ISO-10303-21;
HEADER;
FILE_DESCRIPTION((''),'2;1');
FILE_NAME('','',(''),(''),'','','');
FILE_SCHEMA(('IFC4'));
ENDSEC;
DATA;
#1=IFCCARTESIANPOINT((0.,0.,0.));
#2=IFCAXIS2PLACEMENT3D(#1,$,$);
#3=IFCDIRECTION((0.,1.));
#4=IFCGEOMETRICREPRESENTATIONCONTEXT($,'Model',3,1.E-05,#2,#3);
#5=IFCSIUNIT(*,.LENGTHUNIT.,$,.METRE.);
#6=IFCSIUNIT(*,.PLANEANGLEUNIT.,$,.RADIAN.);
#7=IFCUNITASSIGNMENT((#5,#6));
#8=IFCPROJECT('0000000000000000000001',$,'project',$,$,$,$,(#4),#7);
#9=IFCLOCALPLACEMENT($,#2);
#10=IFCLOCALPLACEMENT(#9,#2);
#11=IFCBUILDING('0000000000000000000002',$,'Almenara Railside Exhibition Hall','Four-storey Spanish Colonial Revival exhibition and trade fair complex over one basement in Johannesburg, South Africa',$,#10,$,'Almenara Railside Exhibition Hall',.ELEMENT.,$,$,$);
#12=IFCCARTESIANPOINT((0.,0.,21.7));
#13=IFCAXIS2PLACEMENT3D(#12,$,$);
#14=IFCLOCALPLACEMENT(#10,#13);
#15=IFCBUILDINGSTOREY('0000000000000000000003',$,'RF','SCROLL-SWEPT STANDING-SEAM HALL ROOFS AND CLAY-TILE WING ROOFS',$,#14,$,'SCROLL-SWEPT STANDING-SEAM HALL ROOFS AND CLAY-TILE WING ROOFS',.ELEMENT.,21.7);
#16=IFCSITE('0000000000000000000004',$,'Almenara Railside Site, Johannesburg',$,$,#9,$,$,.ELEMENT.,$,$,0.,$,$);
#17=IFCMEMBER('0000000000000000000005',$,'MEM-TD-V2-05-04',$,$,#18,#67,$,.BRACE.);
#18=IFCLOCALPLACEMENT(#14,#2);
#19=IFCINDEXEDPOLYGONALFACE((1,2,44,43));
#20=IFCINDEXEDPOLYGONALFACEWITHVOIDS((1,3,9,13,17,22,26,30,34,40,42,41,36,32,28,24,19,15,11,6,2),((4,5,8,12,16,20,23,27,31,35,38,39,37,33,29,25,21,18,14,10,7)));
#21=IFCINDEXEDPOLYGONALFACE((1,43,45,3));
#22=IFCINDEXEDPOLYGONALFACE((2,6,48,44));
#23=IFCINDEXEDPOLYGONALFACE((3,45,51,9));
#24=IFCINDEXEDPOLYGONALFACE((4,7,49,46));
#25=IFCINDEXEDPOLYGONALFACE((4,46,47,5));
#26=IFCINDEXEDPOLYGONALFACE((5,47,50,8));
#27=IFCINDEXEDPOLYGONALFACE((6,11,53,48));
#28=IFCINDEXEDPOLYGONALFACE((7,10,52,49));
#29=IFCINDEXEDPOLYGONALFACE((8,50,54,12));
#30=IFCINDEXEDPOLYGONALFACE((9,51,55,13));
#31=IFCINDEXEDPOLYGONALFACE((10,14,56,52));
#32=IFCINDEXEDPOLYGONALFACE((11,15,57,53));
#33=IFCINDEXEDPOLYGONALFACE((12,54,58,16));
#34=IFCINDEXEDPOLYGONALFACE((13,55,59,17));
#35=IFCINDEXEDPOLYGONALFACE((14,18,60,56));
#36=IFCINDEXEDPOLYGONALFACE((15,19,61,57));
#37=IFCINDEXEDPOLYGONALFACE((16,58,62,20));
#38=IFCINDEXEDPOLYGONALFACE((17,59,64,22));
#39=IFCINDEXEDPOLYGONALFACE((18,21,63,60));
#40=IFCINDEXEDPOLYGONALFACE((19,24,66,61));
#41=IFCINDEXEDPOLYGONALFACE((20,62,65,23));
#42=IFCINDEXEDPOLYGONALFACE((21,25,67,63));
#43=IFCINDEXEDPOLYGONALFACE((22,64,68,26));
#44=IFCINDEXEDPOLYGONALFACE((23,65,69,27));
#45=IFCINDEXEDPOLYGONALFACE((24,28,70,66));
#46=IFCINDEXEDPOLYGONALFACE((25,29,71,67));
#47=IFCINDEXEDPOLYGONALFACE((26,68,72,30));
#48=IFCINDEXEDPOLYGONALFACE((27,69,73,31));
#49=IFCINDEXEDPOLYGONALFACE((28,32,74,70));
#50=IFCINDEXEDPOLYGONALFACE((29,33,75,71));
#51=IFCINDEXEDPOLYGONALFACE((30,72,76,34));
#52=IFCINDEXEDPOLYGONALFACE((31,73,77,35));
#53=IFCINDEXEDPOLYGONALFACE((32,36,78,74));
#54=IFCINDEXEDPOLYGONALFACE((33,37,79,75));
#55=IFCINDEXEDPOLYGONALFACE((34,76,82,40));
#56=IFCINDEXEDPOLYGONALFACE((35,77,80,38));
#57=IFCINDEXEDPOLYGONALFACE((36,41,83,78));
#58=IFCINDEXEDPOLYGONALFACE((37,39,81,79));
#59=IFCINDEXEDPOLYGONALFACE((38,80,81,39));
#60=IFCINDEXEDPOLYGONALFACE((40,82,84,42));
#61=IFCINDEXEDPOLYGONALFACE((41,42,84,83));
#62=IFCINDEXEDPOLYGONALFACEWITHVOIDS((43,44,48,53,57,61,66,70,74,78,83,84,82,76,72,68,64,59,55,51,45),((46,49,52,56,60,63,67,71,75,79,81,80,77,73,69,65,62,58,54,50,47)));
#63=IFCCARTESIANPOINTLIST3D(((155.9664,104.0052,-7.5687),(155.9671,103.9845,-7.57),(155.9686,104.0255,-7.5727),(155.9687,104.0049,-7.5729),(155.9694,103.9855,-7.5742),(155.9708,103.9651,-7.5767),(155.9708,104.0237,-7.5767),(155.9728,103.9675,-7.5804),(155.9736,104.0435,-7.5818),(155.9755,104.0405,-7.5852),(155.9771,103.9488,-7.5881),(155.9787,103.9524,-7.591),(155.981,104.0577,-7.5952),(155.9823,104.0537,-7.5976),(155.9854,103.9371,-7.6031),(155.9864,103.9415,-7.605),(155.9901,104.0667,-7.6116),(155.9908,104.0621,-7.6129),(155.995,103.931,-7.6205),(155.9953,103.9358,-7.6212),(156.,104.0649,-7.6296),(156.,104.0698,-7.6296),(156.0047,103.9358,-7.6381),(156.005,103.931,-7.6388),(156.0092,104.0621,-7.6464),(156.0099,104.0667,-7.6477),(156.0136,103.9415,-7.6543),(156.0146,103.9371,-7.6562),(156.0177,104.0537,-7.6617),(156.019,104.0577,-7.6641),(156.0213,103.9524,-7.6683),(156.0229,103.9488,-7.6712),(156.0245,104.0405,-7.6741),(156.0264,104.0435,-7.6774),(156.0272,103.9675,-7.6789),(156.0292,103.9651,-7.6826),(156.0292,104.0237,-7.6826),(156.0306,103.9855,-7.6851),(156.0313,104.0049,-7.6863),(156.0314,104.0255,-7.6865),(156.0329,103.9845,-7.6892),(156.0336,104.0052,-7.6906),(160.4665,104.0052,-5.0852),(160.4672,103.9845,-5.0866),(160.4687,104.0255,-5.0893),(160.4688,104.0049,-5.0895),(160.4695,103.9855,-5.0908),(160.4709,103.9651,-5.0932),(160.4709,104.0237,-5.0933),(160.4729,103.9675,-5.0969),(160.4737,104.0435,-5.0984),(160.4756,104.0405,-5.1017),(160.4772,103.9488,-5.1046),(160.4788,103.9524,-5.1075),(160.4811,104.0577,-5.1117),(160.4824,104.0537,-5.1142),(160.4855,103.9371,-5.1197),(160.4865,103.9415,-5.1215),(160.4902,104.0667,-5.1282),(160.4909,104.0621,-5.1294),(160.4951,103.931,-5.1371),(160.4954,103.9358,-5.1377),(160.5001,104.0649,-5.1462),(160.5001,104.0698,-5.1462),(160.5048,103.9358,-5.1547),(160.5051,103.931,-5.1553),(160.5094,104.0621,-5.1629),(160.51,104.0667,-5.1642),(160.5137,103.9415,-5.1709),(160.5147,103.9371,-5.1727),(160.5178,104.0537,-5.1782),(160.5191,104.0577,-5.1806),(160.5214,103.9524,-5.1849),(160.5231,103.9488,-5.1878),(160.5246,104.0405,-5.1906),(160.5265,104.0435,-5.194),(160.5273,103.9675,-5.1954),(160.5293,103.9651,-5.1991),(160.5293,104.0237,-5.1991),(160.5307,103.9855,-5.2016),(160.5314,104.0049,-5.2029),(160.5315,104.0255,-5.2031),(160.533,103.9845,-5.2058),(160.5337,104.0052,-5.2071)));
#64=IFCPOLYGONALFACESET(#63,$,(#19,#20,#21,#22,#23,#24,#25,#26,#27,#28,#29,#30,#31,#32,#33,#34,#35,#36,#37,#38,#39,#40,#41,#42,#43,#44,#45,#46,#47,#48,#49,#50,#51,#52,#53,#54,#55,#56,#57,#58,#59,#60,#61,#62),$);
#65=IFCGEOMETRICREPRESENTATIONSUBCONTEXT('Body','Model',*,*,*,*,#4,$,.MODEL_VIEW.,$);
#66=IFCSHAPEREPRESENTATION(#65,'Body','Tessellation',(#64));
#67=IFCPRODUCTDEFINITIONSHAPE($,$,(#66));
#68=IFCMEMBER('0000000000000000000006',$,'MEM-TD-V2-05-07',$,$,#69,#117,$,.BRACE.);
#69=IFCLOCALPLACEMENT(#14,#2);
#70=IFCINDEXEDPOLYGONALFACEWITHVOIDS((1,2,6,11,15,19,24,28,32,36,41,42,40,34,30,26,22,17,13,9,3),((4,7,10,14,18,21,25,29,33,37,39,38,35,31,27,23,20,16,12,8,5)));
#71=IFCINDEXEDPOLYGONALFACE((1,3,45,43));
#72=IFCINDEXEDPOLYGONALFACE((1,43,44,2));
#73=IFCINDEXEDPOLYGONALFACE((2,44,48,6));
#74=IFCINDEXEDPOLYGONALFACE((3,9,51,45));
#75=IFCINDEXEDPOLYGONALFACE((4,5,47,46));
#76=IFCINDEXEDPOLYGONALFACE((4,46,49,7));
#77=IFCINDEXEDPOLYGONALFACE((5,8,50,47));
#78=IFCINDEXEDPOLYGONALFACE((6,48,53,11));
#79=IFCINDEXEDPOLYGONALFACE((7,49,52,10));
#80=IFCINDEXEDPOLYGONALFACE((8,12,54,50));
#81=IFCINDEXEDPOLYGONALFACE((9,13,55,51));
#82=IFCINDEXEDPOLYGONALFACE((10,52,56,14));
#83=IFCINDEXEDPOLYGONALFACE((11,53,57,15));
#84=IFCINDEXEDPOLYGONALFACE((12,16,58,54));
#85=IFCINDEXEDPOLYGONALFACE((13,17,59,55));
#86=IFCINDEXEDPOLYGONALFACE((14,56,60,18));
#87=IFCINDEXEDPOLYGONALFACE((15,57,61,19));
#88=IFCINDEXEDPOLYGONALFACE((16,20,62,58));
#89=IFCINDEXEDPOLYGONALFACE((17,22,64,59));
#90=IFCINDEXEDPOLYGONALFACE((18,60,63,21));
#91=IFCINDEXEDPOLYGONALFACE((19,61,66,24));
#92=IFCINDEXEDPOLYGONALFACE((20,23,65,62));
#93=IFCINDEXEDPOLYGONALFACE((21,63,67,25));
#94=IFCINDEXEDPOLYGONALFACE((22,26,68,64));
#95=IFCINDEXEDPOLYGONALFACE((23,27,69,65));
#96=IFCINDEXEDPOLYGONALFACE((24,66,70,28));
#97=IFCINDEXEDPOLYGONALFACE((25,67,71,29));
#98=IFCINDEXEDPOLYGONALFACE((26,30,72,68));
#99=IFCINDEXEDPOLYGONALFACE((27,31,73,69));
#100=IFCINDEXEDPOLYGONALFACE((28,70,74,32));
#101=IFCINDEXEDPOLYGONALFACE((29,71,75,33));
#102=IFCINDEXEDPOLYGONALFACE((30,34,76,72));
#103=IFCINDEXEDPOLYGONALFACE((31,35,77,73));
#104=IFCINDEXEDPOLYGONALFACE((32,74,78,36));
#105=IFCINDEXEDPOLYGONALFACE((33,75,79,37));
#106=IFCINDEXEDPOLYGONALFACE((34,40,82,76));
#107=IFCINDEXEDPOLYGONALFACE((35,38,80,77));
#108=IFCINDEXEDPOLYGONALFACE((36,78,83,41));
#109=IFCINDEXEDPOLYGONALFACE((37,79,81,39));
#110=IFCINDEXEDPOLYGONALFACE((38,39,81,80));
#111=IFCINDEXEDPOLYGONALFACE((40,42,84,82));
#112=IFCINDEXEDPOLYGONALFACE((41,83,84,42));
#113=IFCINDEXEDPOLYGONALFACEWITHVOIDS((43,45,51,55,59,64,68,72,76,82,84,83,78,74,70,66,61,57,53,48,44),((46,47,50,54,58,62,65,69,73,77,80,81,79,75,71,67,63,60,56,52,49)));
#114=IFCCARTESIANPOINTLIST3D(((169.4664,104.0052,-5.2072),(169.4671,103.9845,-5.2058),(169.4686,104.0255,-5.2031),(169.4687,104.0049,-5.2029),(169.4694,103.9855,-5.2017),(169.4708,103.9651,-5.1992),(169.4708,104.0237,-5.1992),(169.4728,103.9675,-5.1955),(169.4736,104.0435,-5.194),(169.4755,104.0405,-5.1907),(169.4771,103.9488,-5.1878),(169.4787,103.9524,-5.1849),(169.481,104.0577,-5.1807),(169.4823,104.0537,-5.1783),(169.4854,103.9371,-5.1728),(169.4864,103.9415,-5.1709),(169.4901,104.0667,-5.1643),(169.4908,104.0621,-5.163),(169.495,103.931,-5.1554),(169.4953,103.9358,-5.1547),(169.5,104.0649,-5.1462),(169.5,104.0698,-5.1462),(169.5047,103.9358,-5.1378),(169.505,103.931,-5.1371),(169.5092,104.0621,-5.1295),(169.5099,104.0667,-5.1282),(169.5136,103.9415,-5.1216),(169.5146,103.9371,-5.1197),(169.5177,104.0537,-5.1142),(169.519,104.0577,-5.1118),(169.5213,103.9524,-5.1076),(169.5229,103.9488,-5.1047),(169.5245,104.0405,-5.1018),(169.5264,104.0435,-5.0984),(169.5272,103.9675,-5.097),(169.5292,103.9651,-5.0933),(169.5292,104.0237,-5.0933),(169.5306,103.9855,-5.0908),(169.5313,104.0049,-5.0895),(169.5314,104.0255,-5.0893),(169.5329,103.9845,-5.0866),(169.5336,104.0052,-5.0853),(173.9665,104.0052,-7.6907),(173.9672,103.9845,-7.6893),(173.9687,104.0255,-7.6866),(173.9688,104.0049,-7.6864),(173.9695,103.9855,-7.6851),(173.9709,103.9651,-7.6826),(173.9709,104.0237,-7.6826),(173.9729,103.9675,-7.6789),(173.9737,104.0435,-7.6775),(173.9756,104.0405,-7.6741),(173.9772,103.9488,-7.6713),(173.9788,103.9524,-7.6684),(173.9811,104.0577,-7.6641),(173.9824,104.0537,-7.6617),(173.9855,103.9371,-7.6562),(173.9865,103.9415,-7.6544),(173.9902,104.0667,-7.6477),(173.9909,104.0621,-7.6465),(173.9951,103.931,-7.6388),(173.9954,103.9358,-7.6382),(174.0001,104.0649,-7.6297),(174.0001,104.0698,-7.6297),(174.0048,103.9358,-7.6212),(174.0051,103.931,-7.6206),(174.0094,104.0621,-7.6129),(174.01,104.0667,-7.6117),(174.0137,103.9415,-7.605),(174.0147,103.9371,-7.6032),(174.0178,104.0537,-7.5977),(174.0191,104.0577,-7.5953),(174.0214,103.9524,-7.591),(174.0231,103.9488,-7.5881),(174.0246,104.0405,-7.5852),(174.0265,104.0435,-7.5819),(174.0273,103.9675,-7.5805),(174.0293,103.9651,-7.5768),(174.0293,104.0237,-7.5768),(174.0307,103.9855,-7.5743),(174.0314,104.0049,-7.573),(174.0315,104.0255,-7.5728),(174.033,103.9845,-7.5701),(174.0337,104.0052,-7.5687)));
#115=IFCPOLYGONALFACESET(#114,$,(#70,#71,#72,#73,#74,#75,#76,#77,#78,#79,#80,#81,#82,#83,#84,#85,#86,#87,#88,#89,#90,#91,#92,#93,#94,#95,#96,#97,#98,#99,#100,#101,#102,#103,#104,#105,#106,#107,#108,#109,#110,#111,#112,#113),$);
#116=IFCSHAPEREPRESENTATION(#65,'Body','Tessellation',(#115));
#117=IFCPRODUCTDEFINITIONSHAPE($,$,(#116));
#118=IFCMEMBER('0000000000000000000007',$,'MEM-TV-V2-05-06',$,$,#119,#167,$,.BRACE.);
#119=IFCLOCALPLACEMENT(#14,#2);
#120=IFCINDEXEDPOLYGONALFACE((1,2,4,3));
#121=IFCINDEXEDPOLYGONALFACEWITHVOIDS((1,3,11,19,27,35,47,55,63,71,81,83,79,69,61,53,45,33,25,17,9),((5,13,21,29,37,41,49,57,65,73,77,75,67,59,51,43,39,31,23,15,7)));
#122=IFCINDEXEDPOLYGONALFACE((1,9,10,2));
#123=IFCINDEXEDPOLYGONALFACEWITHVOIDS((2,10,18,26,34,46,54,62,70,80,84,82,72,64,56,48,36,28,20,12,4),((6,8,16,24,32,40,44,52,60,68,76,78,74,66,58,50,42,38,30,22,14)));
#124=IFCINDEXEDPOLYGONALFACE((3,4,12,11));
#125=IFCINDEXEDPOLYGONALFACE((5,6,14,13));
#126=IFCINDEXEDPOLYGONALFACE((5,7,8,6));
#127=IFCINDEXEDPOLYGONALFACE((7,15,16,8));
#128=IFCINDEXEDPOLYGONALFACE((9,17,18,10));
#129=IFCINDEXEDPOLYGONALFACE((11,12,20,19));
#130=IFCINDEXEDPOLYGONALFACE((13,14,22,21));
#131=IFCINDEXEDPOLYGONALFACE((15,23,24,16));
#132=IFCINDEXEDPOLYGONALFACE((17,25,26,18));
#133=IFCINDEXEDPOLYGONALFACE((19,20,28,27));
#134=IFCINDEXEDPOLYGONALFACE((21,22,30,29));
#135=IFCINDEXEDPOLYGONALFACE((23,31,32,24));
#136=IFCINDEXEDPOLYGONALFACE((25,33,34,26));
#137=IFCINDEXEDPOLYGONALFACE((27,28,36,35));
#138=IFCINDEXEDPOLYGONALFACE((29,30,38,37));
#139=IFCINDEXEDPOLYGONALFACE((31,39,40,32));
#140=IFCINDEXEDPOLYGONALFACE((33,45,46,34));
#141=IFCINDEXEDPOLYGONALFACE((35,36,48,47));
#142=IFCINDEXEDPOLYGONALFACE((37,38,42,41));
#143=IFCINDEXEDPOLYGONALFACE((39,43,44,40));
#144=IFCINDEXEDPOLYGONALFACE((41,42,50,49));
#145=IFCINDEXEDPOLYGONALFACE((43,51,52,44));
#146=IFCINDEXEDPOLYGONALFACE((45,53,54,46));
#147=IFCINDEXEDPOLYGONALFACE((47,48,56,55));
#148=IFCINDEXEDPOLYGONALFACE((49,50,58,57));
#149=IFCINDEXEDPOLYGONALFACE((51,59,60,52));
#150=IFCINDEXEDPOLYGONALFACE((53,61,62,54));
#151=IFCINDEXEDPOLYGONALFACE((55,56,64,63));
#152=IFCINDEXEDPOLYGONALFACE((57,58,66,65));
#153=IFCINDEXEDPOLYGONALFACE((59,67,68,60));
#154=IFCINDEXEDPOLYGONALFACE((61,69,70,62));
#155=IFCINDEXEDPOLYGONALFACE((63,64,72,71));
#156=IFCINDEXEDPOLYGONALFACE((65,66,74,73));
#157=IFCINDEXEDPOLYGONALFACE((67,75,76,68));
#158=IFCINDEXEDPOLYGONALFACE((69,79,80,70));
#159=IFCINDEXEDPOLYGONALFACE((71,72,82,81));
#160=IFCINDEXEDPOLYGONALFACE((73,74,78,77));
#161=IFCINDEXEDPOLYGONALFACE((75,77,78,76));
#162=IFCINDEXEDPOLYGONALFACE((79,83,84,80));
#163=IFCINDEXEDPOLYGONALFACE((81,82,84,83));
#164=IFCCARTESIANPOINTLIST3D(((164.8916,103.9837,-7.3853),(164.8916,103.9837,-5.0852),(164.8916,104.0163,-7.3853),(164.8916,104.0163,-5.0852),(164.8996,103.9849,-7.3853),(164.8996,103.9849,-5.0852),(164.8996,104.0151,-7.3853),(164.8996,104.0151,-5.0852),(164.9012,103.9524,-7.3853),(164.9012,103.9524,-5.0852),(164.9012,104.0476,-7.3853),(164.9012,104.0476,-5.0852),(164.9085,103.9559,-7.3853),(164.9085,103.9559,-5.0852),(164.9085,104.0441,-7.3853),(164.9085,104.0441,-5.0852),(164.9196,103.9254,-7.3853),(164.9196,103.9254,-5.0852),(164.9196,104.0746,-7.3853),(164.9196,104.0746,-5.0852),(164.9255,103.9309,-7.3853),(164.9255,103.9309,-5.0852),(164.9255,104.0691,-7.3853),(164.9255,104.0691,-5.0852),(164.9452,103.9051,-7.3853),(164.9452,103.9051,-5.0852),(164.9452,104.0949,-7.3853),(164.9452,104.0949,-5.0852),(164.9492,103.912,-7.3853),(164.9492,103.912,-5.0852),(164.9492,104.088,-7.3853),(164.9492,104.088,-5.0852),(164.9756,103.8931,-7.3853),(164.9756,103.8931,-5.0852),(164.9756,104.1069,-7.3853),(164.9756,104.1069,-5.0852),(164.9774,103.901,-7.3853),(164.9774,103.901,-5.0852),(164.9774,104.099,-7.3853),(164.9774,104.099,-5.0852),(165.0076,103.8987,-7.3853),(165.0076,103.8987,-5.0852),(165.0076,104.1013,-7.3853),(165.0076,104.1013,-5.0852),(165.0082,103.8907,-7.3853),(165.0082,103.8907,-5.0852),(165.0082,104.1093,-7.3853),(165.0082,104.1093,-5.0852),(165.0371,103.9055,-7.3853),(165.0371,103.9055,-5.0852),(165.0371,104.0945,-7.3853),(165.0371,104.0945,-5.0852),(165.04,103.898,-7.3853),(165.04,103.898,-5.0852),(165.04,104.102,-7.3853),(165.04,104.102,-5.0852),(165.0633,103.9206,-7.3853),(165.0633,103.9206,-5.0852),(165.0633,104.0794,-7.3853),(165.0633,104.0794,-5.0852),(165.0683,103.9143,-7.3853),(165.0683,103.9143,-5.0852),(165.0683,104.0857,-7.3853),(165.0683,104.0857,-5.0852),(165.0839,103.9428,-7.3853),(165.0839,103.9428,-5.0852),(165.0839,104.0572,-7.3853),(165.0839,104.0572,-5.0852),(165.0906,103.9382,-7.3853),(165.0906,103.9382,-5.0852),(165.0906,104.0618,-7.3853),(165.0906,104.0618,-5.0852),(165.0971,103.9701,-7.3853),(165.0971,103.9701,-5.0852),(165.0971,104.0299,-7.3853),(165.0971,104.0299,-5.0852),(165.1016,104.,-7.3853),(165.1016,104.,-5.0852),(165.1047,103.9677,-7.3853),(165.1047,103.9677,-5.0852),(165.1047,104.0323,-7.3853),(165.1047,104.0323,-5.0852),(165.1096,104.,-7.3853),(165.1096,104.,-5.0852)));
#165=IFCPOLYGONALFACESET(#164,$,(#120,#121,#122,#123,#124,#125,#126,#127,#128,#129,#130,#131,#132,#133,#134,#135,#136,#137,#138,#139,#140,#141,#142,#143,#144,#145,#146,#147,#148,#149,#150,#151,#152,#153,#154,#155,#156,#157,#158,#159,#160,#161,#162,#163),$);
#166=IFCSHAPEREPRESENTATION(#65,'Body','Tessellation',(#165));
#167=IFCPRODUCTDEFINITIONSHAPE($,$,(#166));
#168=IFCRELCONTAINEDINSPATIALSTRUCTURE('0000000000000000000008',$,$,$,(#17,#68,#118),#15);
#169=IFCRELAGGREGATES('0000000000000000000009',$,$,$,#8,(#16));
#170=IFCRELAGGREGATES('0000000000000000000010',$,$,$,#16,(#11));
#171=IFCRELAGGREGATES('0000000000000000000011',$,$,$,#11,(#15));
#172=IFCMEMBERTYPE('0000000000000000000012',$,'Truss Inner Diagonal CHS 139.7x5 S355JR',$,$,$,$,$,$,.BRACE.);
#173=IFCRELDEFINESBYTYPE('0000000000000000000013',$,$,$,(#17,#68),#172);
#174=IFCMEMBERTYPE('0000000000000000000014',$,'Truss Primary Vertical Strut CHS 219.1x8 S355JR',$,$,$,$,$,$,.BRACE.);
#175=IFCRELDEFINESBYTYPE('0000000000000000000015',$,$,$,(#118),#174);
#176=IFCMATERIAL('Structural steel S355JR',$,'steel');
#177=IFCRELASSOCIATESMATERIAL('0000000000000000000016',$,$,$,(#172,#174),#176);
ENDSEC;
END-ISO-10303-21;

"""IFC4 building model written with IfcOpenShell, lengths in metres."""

from ifc_helpers import new_model, si_unit, direction, frame, origin, origin_2d, place, context, subcontext, project, spatial, hollow_circle, extrude, material, material_profile, profile_set, type_object, element, save


model = new_model("IFC4")

# Units and contexts
model_context = context("Model", 3, precision=1e-05, world=origin(), true_north=direction((0.0, 1.0)))
body_context = subcontext(model_context, "Body", "Model", "MODEL_VIEW")
ifc_project = project(units=[si_unit("LENGTHUNIT", "METRE"), si_unit("PLANEANGLEUNIT", "RADIAN")], contexts=[model_context])

# Site, building, storey
site_placement = place(None, origin())
site = spatial("IfcSite", under=ifc_project, at=site_placement, Name="Almenara Railside Site, Johannesburg", CompositionType="ELEMENT", RefElevation=0.0)
building_placement = place(site_placement, origin())
building = spatial("IfcBuilding", under=site, at=building_placement, Name="Almenara Railside Exhibition Hall", Description="Four-storey Spanish Colonial Revival exhibition and trade fair complex over one basement in Johannesburg, South Africa", LongName="Almenara Railside Exhibition Hall", CompositionType="ELEMENT")
storey_placement = place(building_placement, frame((0.0, 0.0, 21.7)))
storey = spatial("IfcBuildingStorey", under=building, at=storey_placement, Name="RF", Description="SCROLL-SWEPT STANDING-SEAM HALL ROOFS AND CLAY-TILE WING ROOFS", LongName="SCROLL-SWEPT STANDING-SEAM HALL ROOFS AND CLAY-TILE WING ROOFS", CompositionType="ELEMENT", Elevation=21.7)

# Members
ifc_material_1 = material(Name="Structural steel S355JR", Category="steel")
ifc_material_profile_1 = material_profile(ifc_material_1, hollow_circle(Radius=0.0698, WallThickness=0.0049, at=origin_2d()), Name="CHS 139.7x5")
ifc_profile_set_1 = profile_set([ifc_material_profile_1], Name="Structural steel S355JR")
member_type_1 = type_object("IfcMemberType", Name="Truss Inner Diagonal CHS 139.7x5 S355JR", PredefinedType="BRACE", material=ifc_profile_set_1)
for number, where, z_axis, x_axis, name in (
    (1, (156.0, 104.0, -7.6296), (0.875525, 0.0, 0.483173), (0.0, 1.0, 0.0), "MEM-TD-V2-05-04"),
    (2, (169.5, 104.0, -5.1462), (0.875525, 0.0, -0.483173), (0.0, 1.0, 0.0), "MEM-TD-V2-05-07"),
):
    element("IfcMember", number, at=place(storey_placement, frame(where, z_axis=z_axis, x_axis=x_axis)), inside=storey, type_object=member_type_1, Name=name, PredefinedType="BRACE", context=body_context, shape_type="SweptSolid", body=[
        extrude(hollow_circle(Radius=0.0698, WallThickness=0.0049, at=origin_2d()), origin(), (0.0, 0.0, 1.0), 5.1399),
    ])
ifc_material_profile_2 = material_profile(ifc_material_1, hollow_circle(Radius=0.1096, WallThickness=0.0081, at=origin_2d()), Name="CHS 219.1x8")
ifc_profile_set_2 = profile_set([ifc_material_profile_2], Name="Structural steel S355JR")
member_type_2 = type_object("IfcMemberType", Name="Truss Primary Vertical Strut CHS 219.1x8 S355JR", PredefinedType="BRACE", material=ifc_profile_set_2)
member_1_placement = place(storey_placement, frame((165.0, 104.0, -7.3853), z_axis=(0.0, 0.0, 1.0), x_axis=(1.0, 0.0, 0.0)))
element("IfcMember", 3, at=member_1_placement, inside=storey, type_object=member_type_2, Name="MEM-TV-V2-05-06", PredefinedType="BRACE", context=body_context, shape_type="SweptSolid", body=[
    extrude(hollow_circle(Radius=0.1096, WallThickness=0.0081, at=origin_2d()), origin(), (0.0, 0.0, 1.0), 2.3),
])

save(model, "model.ifc")
